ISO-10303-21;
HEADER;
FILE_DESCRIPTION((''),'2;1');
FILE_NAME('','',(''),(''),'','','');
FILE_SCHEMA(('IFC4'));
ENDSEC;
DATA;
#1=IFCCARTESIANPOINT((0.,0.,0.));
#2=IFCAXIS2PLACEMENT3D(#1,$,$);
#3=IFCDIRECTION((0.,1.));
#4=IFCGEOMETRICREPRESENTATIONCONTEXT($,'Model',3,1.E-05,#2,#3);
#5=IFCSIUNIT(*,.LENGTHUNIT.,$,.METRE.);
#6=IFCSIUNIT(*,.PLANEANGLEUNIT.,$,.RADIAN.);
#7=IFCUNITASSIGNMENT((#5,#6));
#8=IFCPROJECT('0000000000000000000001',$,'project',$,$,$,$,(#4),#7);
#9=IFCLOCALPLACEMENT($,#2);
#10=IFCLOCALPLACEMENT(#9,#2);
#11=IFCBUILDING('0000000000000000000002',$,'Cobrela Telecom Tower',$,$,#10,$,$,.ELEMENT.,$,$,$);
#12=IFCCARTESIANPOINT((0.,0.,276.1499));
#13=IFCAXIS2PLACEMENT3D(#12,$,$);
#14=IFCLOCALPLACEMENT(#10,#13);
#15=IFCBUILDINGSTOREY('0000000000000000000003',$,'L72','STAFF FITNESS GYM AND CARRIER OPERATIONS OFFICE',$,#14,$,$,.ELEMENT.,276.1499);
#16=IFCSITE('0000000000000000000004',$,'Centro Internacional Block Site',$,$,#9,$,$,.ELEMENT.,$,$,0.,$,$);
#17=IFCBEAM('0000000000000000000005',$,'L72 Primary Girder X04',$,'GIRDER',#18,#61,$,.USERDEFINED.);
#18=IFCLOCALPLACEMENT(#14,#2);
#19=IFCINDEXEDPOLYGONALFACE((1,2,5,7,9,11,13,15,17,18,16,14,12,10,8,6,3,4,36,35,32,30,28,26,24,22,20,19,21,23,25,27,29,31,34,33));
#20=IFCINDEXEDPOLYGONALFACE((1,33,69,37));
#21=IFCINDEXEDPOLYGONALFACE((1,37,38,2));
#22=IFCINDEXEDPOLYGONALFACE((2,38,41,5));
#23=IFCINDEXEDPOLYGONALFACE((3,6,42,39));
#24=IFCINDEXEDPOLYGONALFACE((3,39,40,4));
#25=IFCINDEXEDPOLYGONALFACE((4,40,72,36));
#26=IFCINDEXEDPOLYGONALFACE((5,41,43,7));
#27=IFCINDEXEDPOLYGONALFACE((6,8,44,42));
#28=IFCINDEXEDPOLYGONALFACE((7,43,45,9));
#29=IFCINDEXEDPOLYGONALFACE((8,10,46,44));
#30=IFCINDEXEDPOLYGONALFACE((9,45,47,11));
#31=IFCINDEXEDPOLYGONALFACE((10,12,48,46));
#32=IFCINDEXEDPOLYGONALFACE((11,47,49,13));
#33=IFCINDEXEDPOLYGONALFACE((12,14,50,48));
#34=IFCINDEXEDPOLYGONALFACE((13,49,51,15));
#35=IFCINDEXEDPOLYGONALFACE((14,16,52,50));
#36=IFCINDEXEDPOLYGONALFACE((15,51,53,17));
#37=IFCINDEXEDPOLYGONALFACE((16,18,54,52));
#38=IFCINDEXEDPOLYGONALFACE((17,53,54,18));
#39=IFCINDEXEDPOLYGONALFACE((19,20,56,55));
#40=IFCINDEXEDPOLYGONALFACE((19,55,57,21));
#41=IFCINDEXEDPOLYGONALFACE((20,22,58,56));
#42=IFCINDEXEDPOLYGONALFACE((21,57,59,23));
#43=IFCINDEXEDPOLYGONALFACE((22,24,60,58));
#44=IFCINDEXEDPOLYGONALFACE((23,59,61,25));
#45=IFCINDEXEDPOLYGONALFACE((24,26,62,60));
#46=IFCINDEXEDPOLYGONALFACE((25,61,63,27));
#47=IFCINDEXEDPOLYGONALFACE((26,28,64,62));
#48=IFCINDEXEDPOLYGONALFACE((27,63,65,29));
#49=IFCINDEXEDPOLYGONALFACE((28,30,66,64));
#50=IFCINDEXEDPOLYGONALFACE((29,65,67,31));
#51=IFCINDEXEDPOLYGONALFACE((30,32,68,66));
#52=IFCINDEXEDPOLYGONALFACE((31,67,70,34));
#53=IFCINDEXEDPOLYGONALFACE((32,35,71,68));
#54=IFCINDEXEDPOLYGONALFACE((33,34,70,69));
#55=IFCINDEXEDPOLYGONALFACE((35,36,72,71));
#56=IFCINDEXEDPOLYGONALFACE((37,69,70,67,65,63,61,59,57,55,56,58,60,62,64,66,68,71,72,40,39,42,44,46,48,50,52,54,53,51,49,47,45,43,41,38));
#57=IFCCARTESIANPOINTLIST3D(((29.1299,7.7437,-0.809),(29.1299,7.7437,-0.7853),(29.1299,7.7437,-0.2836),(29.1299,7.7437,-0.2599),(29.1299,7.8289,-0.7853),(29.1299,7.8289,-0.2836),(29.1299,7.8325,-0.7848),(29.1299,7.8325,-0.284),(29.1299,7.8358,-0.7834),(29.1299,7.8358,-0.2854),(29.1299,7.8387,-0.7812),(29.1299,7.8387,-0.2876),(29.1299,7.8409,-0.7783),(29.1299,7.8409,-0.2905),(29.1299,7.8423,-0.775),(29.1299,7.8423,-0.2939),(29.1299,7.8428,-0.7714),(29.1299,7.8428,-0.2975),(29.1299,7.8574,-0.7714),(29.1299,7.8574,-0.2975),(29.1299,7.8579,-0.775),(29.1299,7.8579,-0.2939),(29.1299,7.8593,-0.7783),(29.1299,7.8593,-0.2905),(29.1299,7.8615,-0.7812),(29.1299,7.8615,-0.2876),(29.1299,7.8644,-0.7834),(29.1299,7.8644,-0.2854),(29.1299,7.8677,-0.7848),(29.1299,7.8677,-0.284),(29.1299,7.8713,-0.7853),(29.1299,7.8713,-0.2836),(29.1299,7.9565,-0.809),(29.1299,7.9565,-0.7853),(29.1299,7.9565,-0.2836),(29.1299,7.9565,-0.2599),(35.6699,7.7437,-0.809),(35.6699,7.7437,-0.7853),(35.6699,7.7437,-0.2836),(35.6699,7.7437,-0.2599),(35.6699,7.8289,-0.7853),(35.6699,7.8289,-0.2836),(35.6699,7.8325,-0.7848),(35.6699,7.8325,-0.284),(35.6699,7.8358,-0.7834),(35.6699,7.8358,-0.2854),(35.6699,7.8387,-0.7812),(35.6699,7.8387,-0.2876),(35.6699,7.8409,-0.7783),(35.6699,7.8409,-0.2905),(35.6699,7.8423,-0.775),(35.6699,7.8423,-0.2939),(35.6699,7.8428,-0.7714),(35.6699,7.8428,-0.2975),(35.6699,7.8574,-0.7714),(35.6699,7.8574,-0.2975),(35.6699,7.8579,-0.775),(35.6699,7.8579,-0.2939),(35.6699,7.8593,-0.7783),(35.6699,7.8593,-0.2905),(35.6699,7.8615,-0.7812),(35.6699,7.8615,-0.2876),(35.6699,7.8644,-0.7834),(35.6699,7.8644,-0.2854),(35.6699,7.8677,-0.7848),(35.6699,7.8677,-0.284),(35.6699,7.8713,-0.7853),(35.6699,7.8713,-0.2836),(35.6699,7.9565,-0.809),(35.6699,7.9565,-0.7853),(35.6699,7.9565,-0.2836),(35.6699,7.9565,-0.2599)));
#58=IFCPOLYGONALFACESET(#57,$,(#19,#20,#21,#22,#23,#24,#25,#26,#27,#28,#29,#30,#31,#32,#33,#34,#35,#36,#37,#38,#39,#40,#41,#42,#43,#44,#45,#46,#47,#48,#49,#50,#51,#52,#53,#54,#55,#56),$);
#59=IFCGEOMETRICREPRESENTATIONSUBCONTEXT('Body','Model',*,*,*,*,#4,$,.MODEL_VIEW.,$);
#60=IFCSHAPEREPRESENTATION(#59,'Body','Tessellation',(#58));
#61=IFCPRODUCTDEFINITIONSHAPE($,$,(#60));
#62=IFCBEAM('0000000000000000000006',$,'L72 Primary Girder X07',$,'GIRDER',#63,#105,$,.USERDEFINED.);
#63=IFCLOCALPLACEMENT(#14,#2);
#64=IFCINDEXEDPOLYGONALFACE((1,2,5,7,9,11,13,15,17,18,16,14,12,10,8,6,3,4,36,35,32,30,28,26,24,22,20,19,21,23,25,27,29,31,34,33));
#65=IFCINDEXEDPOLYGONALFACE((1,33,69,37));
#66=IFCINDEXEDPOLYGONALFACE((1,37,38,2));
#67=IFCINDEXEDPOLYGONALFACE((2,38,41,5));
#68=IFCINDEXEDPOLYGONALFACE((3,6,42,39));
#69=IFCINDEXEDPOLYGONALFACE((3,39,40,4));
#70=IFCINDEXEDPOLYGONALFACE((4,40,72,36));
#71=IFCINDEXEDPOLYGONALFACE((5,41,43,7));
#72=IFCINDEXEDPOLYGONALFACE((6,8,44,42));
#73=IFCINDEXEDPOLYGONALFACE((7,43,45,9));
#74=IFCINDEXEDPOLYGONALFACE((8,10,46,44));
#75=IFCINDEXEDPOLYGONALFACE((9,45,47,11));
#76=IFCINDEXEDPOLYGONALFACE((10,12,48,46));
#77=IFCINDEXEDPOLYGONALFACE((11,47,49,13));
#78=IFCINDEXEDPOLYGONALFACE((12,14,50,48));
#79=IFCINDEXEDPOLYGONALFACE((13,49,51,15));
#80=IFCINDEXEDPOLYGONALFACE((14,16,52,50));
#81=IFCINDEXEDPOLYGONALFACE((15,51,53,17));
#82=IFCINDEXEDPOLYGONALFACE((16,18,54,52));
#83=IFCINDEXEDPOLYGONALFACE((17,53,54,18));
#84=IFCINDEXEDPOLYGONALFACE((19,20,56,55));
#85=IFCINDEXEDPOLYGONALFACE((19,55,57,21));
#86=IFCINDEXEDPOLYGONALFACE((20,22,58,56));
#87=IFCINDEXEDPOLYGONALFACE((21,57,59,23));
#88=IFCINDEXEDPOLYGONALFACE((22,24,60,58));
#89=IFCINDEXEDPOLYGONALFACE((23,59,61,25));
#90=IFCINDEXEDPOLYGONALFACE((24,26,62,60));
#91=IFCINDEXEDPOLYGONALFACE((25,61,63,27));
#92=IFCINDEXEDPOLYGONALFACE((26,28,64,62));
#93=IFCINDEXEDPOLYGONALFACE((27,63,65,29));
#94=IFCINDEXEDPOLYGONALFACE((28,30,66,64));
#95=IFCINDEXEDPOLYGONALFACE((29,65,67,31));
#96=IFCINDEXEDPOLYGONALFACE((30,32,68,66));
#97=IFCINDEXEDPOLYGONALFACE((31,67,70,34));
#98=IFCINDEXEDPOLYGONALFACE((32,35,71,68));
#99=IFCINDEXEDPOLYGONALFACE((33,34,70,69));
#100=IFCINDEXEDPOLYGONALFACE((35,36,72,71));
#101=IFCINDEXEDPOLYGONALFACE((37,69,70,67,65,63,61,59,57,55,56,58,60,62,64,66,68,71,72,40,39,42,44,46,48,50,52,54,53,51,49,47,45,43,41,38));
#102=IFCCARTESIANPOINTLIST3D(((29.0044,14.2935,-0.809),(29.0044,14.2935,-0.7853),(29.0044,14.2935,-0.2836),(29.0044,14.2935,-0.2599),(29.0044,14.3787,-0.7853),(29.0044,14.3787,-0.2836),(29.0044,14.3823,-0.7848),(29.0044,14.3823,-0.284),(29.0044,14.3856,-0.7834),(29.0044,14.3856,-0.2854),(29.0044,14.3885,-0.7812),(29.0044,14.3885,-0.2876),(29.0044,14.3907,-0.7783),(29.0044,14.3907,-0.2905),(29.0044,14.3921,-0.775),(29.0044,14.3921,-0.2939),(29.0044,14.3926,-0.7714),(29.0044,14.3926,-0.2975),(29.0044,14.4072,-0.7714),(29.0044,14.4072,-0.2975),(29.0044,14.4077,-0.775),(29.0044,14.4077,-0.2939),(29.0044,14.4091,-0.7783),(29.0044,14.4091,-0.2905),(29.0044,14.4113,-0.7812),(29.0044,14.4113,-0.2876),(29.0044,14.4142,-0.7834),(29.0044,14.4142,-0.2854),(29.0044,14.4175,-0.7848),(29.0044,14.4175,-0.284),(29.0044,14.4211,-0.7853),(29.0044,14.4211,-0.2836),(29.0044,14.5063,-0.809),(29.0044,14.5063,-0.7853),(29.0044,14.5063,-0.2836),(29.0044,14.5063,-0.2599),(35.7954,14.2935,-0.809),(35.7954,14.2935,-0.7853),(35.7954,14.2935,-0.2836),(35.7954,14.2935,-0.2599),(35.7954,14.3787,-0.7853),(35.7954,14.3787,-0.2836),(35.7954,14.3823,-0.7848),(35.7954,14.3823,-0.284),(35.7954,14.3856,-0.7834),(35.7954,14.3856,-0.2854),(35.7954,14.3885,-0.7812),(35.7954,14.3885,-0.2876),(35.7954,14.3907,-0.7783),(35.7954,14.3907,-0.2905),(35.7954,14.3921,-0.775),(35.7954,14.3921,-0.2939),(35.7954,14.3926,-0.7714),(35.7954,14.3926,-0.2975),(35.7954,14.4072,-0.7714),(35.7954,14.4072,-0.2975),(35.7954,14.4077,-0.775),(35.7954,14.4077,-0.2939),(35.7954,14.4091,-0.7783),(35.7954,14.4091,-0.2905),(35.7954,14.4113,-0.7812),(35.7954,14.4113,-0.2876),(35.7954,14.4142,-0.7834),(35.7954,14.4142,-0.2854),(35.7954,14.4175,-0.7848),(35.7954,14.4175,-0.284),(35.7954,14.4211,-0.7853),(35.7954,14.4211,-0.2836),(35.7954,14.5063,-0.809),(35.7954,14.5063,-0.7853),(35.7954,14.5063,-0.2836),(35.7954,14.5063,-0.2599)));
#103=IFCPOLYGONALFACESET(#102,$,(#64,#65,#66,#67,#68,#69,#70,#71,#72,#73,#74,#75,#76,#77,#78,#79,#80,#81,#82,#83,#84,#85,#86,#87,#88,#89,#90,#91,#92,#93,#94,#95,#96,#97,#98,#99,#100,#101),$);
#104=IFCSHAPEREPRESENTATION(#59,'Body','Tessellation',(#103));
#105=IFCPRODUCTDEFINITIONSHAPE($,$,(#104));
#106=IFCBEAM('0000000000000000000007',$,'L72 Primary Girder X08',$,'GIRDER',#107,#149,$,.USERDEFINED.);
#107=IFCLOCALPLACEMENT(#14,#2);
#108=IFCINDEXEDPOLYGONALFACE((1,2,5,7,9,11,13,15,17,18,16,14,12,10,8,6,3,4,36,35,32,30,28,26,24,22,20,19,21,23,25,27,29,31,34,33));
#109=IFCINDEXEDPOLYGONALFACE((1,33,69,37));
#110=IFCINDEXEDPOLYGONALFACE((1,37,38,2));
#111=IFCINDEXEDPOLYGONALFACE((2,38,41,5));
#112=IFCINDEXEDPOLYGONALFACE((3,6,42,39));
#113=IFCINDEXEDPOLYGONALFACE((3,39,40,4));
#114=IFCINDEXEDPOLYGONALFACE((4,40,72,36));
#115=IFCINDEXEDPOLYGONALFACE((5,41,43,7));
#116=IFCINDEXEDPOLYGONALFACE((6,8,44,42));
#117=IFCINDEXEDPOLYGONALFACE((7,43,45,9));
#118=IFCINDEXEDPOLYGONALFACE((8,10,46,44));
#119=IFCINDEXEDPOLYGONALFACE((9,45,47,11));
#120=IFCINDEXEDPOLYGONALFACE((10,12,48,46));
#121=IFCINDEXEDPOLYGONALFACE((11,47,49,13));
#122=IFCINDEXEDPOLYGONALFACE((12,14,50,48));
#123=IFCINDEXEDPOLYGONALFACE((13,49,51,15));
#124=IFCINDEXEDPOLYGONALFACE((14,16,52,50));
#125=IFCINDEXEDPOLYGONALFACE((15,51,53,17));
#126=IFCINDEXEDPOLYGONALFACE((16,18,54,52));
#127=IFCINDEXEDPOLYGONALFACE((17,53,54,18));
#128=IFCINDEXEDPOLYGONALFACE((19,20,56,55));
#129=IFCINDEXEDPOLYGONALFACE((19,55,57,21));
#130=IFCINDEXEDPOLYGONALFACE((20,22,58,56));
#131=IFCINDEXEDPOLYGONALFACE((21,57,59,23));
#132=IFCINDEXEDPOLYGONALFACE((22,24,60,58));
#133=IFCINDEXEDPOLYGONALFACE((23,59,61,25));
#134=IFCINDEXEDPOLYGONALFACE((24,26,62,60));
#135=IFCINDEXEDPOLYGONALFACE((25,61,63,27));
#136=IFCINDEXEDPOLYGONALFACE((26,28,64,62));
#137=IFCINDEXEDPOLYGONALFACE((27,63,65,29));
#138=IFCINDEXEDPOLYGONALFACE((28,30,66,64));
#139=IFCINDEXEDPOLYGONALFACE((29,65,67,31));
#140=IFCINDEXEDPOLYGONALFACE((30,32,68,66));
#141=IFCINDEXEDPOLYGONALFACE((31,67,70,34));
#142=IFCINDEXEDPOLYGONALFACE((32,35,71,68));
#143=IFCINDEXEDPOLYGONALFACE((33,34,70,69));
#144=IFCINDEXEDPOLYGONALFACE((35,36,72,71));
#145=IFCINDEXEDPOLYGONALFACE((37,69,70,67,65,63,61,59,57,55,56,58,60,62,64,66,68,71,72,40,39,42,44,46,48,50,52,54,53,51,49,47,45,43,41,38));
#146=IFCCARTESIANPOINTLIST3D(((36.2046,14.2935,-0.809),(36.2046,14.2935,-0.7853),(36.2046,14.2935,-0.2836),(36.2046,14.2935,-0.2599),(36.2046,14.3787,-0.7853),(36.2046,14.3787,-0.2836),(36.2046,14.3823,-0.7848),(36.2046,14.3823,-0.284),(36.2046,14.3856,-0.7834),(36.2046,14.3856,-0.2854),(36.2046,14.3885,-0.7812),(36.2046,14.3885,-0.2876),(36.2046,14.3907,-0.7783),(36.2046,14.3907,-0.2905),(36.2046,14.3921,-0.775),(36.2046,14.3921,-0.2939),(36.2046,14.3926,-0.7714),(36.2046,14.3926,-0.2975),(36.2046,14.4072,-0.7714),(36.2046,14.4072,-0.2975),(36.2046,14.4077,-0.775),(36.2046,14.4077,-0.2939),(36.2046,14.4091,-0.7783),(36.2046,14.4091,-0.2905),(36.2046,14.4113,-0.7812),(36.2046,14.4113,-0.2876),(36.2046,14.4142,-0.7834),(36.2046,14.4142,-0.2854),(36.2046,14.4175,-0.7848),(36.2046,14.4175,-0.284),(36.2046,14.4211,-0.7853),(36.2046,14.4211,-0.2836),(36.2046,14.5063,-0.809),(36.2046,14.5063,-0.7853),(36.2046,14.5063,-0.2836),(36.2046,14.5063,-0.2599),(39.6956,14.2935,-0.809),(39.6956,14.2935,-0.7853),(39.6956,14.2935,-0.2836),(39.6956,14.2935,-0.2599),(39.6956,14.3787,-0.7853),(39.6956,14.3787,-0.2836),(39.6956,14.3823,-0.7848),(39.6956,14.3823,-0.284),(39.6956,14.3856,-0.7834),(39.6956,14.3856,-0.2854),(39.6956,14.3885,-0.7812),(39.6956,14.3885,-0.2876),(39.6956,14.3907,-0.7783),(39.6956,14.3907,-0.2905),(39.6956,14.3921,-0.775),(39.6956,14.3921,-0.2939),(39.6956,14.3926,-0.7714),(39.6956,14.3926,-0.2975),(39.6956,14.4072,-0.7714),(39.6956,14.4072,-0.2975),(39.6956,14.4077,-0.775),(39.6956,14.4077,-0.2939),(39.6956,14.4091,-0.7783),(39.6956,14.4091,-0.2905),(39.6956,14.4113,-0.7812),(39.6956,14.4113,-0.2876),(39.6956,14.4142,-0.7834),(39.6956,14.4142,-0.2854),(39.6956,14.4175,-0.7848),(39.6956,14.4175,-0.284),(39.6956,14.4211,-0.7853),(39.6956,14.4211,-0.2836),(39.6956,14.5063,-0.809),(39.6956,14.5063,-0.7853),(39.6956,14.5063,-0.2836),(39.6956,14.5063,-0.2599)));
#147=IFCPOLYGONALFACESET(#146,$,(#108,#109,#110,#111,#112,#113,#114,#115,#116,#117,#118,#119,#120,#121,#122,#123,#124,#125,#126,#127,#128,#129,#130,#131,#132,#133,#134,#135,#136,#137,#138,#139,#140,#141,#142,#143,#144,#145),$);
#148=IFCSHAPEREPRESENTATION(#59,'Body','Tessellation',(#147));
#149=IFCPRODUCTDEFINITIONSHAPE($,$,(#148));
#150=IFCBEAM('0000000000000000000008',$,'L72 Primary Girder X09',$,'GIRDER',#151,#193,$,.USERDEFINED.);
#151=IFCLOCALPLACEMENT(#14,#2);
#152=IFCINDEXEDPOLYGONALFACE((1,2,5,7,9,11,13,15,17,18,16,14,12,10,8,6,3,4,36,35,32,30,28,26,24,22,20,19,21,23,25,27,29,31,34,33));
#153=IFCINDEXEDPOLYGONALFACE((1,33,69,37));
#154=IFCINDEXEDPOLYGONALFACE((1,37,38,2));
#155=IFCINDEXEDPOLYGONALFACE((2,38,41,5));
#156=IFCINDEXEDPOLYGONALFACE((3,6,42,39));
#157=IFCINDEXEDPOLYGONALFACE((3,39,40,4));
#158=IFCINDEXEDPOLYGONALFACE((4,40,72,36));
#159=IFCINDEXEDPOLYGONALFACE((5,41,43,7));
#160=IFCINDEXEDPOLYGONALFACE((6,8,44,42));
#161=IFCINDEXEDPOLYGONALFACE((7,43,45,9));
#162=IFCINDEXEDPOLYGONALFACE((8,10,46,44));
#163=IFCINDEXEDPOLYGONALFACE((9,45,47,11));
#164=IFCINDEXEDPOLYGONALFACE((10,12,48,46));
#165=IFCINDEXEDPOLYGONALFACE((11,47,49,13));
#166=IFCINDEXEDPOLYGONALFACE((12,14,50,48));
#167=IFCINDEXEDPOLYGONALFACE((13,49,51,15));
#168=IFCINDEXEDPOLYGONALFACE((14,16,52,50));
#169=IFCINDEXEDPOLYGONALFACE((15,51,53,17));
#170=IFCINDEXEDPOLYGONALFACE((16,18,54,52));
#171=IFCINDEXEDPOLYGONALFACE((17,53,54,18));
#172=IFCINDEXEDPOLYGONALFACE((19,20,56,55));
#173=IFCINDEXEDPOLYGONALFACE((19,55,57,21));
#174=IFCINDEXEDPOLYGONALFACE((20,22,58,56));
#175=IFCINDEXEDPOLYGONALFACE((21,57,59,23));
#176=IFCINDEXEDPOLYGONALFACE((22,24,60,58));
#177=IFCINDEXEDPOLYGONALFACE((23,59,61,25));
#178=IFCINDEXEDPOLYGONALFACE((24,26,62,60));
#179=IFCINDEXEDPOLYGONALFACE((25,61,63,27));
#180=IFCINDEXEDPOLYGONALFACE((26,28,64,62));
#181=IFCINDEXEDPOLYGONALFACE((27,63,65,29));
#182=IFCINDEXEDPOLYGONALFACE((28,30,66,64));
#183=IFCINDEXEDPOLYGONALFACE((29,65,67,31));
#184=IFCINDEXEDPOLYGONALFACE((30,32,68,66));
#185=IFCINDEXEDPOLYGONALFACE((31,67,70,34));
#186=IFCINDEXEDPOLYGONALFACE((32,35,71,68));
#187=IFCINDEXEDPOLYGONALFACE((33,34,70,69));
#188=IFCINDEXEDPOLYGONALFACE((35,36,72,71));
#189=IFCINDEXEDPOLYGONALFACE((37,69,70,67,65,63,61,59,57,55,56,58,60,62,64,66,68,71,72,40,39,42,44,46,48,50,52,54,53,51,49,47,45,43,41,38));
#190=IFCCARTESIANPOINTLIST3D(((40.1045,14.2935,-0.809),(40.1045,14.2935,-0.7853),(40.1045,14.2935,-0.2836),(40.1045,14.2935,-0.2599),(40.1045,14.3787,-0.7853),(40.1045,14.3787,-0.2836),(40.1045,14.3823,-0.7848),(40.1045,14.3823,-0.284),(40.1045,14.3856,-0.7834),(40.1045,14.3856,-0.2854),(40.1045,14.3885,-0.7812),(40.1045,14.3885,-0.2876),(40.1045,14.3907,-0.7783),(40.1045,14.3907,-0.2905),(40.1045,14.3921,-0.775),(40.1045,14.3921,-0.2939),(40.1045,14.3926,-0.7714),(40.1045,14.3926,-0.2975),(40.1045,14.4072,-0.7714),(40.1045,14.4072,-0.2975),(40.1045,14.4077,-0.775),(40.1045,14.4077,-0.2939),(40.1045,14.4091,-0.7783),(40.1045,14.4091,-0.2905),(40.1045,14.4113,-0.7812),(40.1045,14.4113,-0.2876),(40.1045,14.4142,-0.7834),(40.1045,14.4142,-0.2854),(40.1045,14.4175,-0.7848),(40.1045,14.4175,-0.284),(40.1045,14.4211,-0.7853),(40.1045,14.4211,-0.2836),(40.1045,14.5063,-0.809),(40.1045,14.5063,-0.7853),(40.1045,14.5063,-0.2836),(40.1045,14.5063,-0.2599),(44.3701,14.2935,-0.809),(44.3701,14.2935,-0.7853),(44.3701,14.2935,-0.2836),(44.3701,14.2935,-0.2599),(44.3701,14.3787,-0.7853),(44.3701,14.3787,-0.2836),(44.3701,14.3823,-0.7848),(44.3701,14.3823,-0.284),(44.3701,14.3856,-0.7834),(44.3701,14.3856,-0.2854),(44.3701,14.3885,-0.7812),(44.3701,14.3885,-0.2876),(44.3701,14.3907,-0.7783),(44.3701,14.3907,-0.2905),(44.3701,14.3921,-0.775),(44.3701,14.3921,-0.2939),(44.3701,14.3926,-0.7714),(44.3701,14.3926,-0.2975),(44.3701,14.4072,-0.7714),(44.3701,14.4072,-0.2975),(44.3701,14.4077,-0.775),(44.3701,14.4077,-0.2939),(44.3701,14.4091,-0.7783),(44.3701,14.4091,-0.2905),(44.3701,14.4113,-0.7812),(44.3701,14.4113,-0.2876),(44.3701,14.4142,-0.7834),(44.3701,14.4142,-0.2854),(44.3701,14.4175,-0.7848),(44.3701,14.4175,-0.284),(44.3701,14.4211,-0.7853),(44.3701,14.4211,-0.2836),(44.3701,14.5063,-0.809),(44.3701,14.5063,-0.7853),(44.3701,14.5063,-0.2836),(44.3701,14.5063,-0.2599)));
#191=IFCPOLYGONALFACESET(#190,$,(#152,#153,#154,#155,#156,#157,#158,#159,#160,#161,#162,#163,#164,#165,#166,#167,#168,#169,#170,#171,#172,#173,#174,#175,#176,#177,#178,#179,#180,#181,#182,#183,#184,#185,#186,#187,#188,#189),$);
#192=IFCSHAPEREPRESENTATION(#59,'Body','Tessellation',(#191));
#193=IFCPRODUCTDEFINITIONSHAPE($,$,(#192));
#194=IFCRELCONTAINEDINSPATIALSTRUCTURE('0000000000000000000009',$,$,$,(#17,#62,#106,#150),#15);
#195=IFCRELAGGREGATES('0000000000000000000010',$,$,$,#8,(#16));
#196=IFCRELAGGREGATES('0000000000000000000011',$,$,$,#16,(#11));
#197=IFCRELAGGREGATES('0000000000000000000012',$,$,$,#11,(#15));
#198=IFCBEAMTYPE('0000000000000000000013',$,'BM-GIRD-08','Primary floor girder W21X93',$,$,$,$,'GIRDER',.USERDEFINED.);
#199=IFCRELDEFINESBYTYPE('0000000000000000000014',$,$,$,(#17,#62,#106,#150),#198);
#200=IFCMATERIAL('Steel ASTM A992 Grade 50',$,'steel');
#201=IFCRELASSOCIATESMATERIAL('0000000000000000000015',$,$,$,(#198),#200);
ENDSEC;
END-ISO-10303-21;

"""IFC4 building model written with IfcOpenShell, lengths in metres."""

from ifc_helpers import new_model, si_unit, direction, frame, origin, origin_2d, place, context, subcontext, project, spatial, i_section, extrude, material, material_profile, profile_set, type_object, element, save


model = new_model("IFC4")

# Units and contexts
model_context = context("Model", 3, precision=1e-05, world=origin(), true_north=direction((0.0, 1.0)))
body_context = subcontext(model_context, "Body", "Model", "MODEL_VIEW")
ifc_project = project(units=[si_unit("LENGTHUNIT", "METRE"), si_unit("PLANEANGLEUNIT", "RADIAN")], contexts=[model_context])

# Site, building, storey
site_placement = place(None, origin())
site = spatial("IfcSite", under=ifc_project, at=site_placement, Name="Centro Internacional Block Site", CompositionType="ELEMENT", RefElevation=0.0)
building_placement = place(site_placement, origin())
building = spatial("IfcBuilding", under=site, at=building_placement, Name="Cobrela Telecom Tower", CompositionType="ELEMENT")
storey_placement = place(building_placement, frame((0.0, 0.0, 276.1499)))
storey = spatial("IfcBuildingStorey", under=building, at=storey_placement, Name="L72", Description="STAFF FITNESS GYM AND CARRIER OPERATIONS OFFICE", CompositionType="ELEMENT", Elevation=276.1499)

# Shared definitions
ifc_material_1 = material(Name="Steel ASTM A992 Grade 50", Category="steel")

# Beams
ifc_material_profile_1 = material_profile(ifc_material_1, i_section(OverallWidth=0.2129, OverallDepth=0.5491, WebThickness=0.0146, FlangeThickness=0.0237, FilletRadius=0.0139, at=origin_2d()), Name="W21X93")
ifc_profile_set_1 = profile_set([ifc_material_profile_1], Name="Steel ASTM A992 Grade 50")
beam_type_1 = type_object("IfcBeamType", Name="BM-GIRD-08", Description="Primary floor girder W21X93", ElementType="GIRDER", PredefinedType="USERDEFINED", material=ifc_profile_set_1)
beam_1_placement = place(storey_placement, frame((29.1299, 7.8501, -0.5344), z_axis=(1.0, 0.0, 0.0), x_axis=(0.0, 1.0, 0.0)))
element("IfcBeam", 1, at=beam_1_placement, inside=storey, type_object=beam_type_1, Name="L72 Primary Girder X04", ObjectType="GIRDER", PredefinedType="USERDEFINED", context=body_context, shape_type="SweptSolid", body=[
    extrude(i_section(OverallWidth=0.2129, OverallDepth=0.5491, WebThickness=0.0146, FlangeThickness=0.0237, FilletRadius=0.0139, at=origin_2d()), origin(), (0.0, 0.0, 1.0), 6.54),
])
beam_2_placement = place(storey_placement, frame((29.0044, 14.3999, -0.5344), z_axis=(1.0, 0.0, 0.0), x_axis=(0.0, 1.0, 0.0)))
element("IfcBeam", 2, at=beam_2_placement, inside=storey, type_object=beam_type_1, Name="L72 Primary Girder X07", ObjectType="GIRDER", PredefinedType="USERDEFINED", context=body_context, shape_type="SweptSolid", body=[
    extrude(i_section(OverallWidth=0.2129, OverallDepth=0.5491, WebThickness=0.0146, FlangeThickness=0.0237, FilletRadius=0.0139, at=origin_2d()), origin(), (0.0, 0.0, 1.0), 6.791),
])
beam_3_placement = place(storey_placement, frame((36.2046, 14.3999, -0.5344), z_axis=(1.0, 0.0, 0.0), x_axis=(0.0, 1.0, 0.0)))
element("IfcBeam", 3, at=beam_3_placement, inside=storey, type_object=beam_type_1, Name="L72 Primary Girder X08", ObjectType="GIRDER", PredefinedType="USERDEFINED", context=body_context, shape_type="SweptSolid", body=[
    extrude(i_section(OverallWidth=0.2129, OverallDepth=0.5491, WebThickness=0.0146, FlangeThickness=0.0237, FilletRadius=0.0139, at=origin_2d()), origin(), (0.0, 0.0, 1.0), 3.491),
])
beam_4_placement = place(storey_placement, frame((40.1045, 14.3999, -0.5344), z_axis=(1.0, 0.0, 0.0), x_axis=(0.0, 1.0, 0.0)))
element("IfcBeam", 4, at=beam_4_placement, inside=storey, type_object=beam_type_1, Name="L72 Primary Girder X09", ObjectType="GIRDER", PredefinedType="USERDEFINED", context=body_context, shape_type="SweptSolid", body=[
    extrude(i_section(OverallWidth=0.2129, OverallDepth=0.5491, WebThickness=0.0146, FlangeThickness=0.0237, FilletRadius=0.0139, at=origin_2d()), origin(), (0.0, 0.0, 1.0), 4.2656),
])

save(model, "model.ifc")
